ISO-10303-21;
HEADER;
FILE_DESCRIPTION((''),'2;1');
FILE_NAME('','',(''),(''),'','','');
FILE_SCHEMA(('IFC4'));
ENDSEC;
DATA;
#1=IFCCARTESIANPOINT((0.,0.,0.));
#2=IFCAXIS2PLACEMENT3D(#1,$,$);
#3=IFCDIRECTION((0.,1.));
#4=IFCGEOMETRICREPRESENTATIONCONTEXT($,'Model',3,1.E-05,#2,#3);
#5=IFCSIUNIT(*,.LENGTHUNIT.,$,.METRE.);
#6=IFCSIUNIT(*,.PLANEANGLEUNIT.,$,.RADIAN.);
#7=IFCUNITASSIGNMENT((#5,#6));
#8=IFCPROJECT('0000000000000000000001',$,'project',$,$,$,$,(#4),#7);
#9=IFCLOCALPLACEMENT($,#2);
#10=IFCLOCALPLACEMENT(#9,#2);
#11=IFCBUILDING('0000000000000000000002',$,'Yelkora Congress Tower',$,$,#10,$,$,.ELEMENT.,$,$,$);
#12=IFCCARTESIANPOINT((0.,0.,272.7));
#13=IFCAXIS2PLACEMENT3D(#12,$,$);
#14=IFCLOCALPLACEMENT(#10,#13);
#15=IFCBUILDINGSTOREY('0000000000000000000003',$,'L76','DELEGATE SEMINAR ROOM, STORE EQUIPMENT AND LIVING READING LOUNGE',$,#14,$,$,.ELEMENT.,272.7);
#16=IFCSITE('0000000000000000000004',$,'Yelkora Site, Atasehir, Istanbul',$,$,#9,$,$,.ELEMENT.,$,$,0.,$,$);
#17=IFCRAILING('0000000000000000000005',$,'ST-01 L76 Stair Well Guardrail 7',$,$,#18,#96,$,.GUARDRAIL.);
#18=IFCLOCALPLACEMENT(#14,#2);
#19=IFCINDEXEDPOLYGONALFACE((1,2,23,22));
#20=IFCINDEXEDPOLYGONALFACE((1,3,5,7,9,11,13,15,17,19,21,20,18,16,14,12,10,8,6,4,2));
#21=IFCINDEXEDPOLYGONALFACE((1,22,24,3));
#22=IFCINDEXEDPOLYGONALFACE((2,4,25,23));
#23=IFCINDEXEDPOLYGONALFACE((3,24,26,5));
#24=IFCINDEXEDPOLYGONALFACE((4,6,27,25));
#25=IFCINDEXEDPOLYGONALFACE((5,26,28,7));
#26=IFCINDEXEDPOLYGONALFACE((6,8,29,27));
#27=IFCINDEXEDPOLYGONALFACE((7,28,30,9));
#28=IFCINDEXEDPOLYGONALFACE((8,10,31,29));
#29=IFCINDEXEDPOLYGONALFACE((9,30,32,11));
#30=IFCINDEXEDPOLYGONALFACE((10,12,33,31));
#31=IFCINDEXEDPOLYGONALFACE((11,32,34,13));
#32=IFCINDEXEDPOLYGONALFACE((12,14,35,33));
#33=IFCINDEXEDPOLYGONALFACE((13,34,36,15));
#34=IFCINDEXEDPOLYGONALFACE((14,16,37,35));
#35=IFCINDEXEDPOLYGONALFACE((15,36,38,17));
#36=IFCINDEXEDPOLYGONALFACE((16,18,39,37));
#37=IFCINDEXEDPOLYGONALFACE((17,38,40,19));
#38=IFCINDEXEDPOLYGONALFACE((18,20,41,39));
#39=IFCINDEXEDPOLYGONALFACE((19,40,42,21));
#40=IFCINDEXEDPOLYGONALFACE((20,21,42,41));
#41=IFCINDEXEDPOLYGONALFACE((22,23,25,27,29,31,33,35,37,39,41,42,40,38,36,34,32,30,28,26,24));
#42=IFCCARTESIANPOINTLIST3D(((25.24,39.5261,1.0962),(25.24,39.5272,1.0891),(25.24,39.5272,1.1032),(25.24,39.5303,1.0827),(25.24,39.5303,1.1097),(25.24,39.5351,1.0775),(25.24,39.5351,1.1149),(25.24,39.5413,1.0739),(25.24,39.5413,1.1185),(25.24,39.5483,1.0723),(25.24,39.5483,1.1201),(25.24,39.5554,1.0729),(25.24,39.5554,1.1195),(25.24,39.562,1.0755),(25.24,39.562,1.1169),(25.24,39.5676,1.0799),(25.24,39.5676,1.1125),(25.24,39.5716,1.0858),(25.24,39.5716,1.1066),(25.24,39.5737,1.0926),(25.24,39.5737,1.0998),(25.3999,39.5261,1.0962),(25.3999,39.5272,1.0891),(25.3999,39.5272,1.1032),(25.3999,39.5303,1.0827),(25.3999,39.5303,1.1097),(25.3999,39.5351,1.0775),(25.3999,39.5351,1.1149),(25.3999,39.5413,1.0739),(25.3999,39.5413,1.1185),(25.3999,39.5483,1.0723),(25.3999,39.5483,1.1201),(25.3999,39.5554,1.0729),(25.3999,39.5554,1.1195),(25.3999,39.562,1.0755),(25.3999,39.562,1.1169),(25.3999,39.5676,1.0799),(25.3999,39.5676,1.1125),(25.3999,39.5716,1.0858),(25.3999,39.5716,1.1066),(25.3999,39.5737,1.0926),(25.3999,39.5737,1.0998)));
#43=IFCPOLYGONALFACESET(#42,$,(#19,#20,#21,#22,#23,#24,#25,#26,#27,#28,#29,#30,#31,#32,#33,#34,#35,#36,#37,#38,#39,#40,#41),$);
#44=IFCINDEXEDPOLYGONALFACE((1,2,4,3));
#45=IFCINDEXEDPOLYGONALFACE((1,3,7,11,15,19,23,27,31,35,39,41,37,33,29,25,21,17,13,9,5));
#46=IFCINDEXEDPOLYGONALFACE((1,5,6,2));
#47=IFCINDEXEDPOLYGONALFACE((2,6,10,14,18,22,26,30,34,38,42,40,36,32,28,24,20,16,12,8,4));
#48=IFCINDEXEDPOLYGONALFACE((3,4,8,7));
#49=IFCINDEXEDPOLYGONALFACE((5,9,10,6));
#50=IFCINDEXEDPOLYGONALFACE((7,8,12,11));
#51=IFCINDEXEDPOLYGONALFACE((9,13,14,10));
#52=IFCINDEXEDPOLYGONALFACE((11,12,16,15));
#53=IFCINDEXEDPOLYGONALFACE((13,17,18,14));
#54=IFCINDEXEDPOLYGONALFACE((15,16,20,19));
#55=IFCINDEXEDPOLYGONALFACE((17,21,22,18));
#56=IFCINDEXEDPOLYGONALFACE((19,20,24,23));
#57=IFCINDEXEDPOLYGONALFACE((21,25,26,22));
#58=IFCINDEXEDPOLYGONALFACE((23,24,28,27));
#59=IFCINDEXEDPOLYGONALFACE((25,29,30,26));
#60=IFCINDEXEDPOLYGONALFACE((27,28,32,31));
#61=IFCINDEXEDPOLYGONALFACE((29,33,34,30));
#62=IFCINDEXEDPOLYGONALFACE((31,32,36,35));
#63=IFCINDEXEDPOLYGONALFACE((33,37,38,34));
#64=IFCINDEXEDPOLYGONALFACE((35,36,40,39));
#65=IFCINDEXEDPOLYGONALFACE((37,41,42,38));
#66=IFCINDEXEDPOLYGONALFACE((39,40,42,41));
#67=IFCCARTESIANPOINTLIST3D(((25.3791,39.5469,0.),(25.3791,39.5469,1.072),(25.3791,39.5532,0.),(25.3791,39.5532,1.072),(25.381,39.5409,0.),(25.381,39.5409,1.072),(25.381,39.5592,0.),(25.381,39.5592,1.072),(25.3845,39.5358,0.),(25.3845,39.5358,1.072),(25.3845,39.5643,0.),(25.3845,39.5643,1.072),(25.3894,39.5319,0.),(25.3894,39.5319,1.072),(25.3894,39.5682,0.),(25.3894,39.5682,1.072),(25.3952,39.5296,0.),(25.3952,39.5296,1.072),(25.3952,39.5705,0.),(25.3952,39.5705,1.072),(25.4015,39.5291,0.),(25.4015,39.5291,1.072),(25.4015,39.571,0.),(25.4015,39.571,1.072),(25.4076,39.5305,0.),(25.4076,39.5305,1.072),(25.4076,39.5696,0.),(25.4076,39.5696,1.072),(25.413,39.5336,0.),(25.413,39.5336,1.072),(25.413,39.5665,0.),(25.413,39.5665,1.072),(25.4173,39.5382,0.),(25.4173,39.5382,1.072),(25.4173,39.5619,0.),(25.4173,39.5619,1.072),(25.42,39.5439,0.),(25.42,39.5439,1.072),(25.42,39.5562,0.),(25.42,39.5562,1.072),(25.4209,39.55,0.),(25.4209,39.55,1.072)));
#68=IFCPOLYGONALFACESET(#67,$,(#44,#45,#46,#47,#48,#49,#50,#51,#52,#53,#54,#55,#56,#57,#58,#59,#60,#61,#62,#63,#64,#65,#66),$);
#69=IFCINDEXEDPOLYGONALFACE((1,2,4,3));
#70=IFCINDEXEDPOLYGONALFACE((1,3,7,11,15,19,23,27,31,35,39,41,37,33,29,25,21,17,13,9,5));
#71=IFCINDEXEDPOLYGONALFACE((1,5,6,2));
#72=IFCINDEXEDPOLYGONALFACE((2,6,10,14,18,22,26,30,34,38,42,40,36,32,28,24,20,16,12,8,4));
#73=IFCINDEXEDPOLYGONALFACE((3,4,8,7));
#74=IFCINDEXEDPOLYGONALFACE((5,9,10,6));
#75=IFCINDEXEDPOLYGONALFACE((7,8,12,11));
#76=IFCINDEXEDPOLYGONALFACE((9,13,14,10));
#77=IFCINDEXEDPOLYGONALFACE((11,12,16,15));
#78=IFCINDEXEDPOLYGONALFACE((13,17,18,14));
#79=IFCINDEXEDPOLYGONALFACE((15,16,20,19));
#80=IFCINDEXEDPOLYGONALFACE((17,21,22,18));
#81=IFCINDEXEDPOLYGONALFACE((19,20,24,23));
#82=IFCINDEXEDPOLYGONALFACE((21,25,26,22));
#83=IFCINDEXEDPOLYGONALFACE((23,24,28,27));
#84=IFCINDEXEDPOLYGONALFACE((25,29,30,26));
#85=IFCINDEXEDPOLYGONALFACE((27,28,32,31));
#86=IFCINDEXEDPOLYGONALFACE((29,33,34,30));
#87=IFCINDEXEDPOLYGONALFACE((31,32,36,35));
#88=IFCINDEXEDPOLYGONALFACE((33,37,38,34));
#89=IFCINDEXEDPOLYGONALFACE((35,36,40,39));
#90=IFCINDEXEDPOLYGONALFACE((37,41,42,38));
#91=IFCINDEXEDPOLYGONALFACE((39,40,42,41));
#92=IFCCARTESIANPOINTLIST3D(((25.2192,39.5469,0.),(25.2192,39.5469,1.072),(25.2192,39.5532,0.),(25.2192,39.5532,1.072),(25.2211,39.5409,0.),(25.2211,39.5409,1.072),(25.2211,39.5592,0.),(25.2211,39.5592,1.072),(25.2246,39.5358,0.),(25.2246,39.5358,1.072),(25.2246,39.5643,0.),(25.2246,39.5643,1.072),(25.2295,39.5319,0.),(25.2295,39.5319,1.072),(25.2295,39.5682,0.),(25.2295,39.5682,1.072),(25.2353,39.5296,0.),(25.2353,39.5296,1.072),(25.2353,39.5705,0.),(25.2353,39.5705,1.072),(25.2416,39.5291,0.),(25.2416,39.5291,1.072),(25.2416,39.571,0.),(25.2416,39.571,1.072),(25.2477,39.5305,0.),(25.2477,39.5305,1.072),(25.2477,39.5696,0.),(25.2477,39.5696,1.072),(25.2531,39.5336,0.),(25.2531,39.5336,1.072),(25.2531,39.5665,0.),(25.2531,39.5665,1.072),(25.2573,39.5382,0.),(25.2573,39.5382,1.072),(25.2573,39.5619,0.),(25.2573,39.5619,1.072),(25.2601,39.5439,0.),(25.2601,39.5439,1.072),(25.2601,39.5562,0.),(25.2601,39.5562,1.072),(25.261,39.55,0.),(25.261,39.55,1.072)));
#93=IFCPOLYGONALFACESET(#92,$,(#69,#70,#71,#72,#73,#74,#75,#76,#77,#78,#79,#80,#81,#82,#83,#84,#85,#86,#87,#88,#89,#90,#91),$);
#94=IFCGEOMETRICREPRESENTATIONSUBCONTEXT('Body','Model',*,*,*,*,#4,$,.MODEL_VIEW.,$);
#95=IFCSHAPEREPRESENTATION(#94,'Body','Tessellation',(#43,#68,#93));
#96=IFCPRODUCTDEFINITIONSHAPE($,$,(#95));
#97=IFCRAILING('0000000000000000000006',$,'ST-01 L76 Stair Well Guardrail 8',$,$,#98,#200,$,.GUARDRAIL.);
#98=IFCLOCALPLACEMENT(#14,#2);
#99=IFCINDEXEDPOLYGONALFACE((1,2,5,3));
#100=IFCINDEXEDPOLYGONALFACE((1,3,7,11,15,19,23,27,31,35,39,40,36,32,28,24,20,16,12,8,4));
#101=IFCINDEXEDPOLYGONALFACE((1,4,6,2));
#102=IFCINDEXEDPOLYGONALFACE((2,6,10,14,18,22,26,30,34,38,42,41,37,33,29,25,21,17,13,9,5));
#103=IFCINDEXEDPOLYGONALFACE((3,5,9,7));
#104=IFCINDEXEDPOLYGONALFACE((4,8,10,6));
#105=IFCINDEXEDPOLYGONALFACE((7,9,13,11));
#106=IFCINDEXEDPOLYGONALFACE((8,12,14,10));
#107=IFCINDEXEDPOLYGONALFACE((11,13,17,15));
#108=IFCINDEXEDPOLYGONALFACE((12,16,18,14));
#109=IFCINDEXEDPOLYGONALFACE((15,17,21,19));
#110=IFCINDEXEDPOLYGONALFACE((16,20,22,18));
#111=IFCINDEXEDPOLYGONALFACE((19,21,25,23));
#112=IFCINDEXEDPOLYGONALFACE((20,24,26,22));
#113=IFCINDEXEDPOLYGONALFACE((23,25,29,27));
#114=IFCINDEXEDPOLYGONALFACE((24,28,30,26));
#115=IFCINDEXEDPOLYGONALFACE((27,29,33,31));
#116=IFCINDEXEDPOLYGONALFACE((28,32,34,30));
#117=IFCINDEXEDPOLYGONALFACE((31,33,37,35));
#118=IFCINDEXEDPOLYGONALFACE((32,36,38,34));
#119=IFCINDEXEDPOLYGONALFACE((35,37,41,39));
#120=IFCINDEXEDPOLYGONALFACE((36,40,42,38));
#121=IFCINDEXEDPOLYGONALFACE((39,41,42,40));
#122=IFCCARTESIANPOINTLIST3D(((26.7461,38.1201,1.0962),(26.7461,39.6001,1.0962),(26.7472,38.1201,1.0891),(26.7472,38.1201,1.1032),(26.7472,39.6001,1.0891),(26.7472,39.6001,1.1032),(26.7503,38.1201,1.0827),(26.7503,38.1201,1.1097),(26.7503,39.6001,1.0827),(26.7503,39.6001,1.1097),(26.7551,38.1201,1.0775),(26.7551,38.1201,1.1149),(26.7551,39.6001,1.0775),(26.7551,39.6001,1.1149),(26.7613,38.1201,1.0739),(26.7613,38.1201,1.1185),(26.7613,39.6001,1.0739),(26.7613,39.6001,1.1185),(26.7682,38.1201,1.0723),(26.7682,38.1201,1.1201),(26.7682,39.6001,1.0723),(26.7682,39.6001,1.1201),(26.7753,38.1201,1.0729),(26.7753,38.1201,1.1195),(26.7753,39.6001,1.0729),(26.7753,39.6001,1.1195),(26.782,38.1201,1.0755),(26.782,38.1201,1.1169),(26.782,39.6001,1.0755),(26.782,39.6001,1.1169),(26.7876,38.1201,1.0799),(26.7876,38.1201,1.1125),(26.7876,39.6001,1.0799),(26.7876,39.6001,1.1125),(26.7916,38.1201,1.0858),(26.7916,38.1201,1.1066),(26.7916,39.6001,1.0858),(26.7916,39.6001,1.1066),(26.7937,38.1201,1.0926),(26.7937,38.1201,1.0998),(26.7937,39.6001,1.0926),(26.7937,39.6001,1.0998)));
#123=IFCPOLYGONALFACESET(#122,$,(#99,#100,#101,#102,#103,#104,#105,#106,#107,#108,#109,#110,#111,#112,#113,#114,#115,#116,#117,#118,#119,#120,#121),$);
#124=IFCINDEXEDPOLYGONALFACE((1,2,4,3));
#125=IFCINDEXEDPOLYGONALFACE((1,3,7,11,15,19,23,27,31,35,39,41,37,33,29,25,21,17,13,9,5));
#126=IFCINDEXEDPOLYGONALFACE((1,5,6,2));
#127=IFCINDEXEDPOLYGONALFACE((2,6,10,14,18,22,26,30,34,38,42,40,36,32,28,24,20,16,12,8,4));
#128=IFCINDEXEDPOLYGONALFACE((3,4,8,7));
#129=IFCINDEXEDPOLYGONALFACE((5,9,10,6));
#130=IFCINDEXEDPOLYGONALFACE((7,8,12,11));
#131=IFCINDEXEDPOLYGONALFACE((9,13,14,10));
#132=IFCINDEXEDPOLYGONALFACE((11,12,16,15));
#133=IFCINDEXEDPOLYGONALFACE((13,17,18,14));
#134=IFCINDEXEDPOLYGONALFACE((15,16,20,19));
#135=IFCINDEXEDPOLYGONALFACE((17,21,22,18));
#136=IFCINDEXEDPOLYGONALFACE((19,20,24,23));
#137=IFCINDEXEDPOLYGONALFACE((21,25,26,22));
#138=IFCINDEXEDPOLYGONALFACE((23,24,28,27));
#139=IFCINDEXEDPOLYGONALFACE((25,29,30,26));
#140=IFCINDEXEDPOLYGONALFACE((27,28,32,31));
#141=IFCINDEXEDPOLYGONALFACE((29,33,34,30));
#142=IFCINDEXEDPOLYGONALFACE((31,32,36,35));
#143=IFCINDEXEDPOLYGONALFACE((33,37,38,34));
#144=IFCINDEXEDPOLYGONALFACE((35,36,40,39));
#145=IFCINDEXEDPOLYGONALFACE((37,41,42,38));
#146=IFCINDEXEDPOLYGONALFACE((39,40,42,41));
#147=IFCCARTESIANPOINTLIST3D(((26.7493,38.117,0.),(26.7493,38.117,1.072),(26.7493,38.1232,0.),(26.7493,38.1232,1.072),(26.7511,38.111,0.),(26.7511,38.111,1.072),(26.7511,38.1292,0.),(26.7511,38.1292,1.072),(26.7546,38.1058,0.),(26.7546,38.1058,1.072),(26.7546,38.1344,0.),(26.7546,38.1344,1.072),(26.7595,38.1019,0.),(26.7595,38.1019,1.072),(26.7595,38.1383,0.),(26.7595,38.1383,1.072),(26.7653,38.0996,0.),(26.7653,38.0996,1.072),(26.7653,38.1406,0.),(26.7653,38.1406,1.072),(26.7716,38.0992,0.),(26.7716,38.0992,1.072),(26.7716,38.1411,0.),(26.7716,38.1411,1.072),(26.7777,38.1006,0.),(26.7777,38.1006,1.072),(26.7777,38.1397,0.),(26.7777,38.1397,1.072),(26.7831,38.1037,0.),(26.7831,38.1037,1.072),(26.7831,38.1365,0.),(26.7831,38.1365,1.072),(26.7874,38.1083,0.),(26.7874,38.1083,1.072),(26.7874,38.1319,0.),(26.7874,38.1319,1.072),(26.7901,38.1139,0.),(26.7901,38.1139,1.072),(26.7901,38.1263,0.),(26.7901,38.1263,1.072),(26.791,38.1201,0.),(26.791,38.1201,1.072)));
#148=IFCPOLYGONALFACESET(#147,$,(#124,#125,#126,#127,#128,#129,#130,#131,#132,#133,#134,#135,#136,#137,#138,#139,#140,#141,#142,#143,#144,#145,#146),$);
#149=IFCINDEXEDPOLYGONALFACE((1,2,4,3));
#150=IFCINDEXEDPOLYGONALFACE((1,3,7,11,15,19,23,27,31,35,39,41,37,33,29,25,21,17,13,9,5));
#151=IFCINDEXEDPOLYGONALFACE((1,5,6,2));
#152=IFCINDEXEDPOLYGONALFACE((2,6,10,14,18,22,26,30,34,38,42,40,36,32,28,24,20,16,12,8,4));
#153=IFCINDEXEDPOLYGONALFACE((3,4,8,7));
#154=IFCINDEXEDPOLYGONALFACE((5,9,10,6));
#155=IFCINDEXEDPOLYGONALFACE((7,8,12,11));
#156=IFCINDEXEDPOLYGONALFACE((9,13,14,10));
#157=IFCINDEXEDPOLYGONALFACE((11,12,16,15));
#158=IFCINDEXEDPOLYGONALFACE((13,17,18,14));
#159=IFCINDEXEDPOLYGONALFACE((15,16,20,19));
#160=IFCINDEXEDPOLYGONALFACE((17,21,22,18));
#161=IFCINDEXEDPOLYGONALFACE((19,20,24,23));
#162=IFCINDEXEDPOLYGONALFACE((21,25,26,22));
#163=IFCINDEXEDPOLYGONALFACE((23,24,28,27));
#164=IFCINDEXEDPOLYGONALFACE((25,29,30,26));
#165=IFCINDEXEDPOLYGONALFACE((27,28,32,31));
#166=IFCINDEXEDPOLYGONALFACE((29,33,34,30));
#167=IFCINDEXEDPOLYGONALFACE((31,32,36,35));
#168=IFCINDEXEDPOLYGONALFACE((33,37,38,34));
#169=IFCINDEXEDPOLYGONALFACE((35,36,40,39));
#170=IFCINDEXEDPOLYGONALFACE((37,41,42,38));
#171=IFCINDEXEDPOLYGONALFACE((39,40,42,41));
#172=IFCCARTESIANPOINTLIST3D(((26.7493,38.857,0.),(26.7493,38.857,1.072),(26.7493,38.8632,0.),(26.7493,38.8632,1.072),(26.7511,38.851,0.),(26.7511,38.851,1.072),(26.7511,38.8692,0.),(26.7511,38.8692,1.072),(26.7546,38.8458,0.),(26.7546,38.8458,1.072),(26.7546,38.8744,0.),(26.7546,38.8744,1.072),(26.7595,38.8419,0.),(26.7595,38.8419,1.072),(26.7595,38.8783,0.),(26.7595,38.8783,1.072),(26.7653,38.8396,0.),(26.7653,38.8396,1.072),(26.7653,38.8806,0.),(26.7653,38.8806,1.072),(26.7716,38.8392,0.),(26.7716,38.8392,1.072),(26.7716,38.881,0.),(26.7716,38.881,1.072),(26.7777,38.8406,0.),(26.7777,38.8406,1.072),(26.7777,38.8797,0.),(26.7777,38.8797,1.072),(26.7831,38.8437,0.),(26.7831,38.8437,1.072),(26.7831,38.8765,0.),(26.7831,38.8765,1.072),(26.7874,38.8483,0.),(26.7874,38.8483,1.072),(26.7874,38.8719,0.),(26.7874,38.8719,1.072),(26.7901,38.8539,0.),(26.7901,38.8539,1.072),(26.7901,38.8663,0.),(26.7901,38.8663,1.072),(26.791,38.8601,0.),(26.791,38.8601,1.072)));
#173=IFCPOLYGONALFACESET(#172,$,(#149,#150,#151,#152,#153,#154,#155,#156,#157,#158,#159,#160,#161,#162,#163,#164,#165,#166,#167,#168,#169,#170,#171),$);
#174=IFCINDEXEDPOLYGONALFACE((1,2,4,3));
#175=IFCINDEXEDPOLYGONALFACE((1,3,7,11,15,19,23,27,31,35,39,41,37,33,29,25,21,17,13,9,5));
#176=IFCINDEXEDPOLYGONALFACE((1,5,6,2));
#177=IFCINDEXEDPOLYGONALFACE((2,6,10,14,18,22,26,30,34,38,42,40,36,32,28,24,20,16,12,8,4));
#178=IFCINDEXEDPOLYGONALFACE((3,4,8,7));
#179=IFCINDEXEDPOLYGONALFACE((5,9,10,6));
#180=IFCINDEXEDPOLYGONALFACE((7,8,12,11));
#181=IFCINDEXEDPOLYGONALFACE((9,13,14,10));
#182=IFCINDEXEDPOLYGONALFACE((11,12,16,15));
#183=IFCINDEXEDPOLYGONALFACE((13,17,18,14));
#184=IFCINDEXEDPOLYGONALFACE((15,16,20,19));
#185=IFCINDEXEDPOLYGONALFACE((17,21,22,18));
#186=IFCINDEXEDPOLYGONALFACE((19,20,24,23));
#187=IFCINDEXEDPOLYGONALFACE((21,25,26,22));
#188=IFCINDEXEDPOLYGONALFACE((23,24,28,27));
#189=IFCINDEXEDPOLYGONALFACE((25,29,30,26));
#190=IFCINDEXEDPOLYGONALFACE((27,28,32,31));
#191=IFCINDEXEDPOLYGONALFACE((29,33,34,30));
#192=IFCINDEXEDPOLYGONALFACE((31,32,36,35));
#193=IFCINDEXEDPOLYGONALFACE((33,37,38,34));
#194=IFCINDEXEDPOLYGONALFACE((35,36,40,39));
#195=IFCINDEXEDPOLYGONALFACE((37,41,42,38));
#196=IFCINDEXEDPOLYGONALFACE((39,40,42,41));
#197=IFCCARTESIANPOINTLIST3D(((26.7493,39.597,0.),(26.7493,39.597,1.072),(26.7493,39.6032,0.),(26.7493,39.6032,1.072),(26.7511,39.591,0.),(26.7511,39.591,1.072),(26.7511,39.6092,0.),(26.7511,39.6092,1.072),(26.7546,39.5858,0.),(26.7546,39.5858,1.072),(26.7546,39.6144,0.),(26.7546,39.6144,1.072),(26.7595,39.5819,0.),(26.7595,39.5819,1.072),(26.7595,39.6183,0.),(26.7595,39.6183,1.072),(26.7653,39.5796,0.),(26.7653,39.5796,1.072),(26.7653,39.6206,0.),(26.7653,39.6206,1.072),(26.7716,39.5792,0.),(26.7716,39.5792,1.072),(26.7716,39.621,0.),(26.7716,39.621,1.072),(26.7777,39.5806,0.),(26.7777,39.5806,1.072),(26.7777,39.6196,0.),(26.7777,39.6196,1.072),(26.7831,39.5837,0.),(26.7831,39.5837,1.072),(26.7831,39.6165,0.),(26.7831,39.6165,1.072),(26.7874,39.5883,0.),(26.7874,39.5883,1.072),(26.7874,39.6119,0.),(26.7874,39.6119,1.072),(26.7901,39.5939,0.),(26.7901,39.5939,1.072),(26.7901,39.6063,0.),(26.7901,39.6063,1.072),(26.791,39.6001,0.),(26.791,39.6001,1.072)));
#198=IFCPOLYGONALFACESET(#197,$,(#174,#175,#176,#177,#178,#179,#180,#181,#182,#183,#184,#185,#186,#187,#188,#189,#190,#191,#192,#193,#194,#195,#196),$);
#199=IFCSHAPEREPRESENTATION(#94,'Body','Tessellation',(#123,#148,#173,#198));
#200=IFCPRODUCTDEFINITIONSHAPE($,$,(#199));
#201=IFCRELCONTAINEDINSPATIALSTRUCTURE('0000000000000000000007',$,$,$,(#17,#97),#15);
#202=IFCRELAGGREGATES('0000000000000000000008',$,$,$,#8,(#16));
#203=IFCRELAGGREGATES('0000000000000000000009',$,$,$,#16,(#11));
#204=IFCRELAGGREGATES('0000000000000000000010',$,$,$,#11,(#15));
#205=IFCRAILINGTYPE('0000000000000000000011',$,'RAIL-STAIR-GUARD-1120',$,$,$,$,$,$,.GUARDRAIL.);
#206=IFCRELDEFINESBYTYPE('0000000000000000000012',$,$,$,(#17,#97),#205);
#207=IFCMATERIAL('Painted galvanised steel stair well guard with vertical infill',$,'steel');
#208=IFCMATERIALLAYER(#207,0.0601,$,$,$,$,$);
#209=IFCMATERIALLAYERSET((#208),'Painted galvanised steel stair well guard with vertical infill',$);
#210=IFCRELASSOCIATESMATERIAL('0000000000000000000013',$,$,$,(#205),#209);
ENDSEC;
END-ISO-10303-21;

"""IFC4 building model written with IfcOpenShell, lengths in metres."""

from ifc_helpers import new_model, si_unit, direction, frame, origin, origin_2d, place, context, subcontext, project, spatial, circle, extrude, material, layer, layer_set, type_object, element, save


model = new_model("IFC4")

# Units and contexts
model_context = context("Model", 3, precision=1e-05, world=origin(), true_north=direction((0.0, 1.0)))
body_context = subcontext(model_context, "Body", "Model", "MODEL_VIEW")
ifc_project = project(units=[si_unit("LENGTHUNIT", "METRE"), si_unit("PLANEANGLEUNIT", "RADIAN")], contexts=[model_context])

# Site, building, storey
site_placement = place(None, origin())
site = spatial("IfcSite", under=ifc_project, at=site_placement, Name="Yelkora Site, Atasehir, Istanbul", CompositionType="ELEMENT", RefElevation=0.0)
building_placement = place(site_placement, origin())
building = spatial("IfcBuilding", under=site, at=building_placement, Name="Yelkora Congress Tower", CompositionType="ELEMENT")
storey_placement = place(building_placement, frame((0.0, 0.0, 272.7)))
storey = spatial("IfcBuildingStorey", under=building, at=storey_placement, Name="L76", Description="DELEGATE SEMINAR ROOM, STORE EQUIPMENT AND LIVING READING LOUNGE", CompositionType="ELEMENT", Elevation=272.7)

# Railings
ifc_material_1 = material(Name="Painted galvanised steel stair well guard with vertical infill", Category="steel")
ifc_layer_1 = layer(ifc_material_1, 0.0601)
ifc_layer_set_1 = layer_set([ifc_layer_1], Name="Painted galvanised steel stair well guard with vertical infill")
railing_type_1 = type_object("IfcRailingType", Name="RAIL-STAIR-GUARD-1120", PredefinedType="GUARDRAIL", material=ifc_layer_set_1)
railing_1_placement = place(storey_placement, frame((25.3999, 39.55, 0.0)))
element("IfcRailing", 1, at=railing_1_placement, inside=storey, type_object=railing_type_1, Name="ST-01 L76 Stair Well Guardrail 7", PredefinedType="GUARDRAIL", context=body_context, shape_type="SweptSolid", body=[
    extrude(circle(Radius=0.0239, at=origin_2d()), frame((0.0, 0.0, 1.0962), z_axis=(-1.0, 0.0, 0.0), x_axis=(0.0, -1.0, 0.0)), (0.0, 0.0, 1.0), 0.1599),
    extrude(circle(Radius=0.021, at=origin_2d()), origin(), (0.0, 0.0, 1.0), 1.072),
    extrude(circle(Radius=0.021, at=origin_2d()), frame((-0.1599, 0.0, 0.0)), (0.0, 0.0, 1.0), 1.072),
])
for number, where, name in (
    (2, (26.77, 38.1201, 0.0), "ST-01 L76 Stair Well Guardrail 8"),
):
    element("IfcRailing", number, at=place(storey_placement, frame(where)), inside=storey, type_object=railing_type_1, Name=name, PredefinedType="GUARDRAIL", context=body_context, shape_type="SweptSolid", body=[
        extrude(circle(Radius=0.0239, at=origin_2d()), frame((0.0, 0.0, 1.0962), z_axis=(0.0, 1.0, 0.0), x_axis=(-1.0, 0.0, 0.0)), (0.0, 0.0, 1.0), 1.48),
        extrude(circle(Radius=0.021, at=origin_2d()), origin(), (0.0, 0.0, 1.0), 1.072),
        extrude(circle(Radius=0.021, at=origin_2d()), frame((0.0, 0.74, 0.0)), (0.0, 0.0, 1.0), 1.072),
        extrude(circle(Radius=0.021, at=origin_2d()), frame((0.0, 1.48, 0.0)), (0.0, 0.0, 1.0), 1.072),
    ])

save(model, "model.ifc")
